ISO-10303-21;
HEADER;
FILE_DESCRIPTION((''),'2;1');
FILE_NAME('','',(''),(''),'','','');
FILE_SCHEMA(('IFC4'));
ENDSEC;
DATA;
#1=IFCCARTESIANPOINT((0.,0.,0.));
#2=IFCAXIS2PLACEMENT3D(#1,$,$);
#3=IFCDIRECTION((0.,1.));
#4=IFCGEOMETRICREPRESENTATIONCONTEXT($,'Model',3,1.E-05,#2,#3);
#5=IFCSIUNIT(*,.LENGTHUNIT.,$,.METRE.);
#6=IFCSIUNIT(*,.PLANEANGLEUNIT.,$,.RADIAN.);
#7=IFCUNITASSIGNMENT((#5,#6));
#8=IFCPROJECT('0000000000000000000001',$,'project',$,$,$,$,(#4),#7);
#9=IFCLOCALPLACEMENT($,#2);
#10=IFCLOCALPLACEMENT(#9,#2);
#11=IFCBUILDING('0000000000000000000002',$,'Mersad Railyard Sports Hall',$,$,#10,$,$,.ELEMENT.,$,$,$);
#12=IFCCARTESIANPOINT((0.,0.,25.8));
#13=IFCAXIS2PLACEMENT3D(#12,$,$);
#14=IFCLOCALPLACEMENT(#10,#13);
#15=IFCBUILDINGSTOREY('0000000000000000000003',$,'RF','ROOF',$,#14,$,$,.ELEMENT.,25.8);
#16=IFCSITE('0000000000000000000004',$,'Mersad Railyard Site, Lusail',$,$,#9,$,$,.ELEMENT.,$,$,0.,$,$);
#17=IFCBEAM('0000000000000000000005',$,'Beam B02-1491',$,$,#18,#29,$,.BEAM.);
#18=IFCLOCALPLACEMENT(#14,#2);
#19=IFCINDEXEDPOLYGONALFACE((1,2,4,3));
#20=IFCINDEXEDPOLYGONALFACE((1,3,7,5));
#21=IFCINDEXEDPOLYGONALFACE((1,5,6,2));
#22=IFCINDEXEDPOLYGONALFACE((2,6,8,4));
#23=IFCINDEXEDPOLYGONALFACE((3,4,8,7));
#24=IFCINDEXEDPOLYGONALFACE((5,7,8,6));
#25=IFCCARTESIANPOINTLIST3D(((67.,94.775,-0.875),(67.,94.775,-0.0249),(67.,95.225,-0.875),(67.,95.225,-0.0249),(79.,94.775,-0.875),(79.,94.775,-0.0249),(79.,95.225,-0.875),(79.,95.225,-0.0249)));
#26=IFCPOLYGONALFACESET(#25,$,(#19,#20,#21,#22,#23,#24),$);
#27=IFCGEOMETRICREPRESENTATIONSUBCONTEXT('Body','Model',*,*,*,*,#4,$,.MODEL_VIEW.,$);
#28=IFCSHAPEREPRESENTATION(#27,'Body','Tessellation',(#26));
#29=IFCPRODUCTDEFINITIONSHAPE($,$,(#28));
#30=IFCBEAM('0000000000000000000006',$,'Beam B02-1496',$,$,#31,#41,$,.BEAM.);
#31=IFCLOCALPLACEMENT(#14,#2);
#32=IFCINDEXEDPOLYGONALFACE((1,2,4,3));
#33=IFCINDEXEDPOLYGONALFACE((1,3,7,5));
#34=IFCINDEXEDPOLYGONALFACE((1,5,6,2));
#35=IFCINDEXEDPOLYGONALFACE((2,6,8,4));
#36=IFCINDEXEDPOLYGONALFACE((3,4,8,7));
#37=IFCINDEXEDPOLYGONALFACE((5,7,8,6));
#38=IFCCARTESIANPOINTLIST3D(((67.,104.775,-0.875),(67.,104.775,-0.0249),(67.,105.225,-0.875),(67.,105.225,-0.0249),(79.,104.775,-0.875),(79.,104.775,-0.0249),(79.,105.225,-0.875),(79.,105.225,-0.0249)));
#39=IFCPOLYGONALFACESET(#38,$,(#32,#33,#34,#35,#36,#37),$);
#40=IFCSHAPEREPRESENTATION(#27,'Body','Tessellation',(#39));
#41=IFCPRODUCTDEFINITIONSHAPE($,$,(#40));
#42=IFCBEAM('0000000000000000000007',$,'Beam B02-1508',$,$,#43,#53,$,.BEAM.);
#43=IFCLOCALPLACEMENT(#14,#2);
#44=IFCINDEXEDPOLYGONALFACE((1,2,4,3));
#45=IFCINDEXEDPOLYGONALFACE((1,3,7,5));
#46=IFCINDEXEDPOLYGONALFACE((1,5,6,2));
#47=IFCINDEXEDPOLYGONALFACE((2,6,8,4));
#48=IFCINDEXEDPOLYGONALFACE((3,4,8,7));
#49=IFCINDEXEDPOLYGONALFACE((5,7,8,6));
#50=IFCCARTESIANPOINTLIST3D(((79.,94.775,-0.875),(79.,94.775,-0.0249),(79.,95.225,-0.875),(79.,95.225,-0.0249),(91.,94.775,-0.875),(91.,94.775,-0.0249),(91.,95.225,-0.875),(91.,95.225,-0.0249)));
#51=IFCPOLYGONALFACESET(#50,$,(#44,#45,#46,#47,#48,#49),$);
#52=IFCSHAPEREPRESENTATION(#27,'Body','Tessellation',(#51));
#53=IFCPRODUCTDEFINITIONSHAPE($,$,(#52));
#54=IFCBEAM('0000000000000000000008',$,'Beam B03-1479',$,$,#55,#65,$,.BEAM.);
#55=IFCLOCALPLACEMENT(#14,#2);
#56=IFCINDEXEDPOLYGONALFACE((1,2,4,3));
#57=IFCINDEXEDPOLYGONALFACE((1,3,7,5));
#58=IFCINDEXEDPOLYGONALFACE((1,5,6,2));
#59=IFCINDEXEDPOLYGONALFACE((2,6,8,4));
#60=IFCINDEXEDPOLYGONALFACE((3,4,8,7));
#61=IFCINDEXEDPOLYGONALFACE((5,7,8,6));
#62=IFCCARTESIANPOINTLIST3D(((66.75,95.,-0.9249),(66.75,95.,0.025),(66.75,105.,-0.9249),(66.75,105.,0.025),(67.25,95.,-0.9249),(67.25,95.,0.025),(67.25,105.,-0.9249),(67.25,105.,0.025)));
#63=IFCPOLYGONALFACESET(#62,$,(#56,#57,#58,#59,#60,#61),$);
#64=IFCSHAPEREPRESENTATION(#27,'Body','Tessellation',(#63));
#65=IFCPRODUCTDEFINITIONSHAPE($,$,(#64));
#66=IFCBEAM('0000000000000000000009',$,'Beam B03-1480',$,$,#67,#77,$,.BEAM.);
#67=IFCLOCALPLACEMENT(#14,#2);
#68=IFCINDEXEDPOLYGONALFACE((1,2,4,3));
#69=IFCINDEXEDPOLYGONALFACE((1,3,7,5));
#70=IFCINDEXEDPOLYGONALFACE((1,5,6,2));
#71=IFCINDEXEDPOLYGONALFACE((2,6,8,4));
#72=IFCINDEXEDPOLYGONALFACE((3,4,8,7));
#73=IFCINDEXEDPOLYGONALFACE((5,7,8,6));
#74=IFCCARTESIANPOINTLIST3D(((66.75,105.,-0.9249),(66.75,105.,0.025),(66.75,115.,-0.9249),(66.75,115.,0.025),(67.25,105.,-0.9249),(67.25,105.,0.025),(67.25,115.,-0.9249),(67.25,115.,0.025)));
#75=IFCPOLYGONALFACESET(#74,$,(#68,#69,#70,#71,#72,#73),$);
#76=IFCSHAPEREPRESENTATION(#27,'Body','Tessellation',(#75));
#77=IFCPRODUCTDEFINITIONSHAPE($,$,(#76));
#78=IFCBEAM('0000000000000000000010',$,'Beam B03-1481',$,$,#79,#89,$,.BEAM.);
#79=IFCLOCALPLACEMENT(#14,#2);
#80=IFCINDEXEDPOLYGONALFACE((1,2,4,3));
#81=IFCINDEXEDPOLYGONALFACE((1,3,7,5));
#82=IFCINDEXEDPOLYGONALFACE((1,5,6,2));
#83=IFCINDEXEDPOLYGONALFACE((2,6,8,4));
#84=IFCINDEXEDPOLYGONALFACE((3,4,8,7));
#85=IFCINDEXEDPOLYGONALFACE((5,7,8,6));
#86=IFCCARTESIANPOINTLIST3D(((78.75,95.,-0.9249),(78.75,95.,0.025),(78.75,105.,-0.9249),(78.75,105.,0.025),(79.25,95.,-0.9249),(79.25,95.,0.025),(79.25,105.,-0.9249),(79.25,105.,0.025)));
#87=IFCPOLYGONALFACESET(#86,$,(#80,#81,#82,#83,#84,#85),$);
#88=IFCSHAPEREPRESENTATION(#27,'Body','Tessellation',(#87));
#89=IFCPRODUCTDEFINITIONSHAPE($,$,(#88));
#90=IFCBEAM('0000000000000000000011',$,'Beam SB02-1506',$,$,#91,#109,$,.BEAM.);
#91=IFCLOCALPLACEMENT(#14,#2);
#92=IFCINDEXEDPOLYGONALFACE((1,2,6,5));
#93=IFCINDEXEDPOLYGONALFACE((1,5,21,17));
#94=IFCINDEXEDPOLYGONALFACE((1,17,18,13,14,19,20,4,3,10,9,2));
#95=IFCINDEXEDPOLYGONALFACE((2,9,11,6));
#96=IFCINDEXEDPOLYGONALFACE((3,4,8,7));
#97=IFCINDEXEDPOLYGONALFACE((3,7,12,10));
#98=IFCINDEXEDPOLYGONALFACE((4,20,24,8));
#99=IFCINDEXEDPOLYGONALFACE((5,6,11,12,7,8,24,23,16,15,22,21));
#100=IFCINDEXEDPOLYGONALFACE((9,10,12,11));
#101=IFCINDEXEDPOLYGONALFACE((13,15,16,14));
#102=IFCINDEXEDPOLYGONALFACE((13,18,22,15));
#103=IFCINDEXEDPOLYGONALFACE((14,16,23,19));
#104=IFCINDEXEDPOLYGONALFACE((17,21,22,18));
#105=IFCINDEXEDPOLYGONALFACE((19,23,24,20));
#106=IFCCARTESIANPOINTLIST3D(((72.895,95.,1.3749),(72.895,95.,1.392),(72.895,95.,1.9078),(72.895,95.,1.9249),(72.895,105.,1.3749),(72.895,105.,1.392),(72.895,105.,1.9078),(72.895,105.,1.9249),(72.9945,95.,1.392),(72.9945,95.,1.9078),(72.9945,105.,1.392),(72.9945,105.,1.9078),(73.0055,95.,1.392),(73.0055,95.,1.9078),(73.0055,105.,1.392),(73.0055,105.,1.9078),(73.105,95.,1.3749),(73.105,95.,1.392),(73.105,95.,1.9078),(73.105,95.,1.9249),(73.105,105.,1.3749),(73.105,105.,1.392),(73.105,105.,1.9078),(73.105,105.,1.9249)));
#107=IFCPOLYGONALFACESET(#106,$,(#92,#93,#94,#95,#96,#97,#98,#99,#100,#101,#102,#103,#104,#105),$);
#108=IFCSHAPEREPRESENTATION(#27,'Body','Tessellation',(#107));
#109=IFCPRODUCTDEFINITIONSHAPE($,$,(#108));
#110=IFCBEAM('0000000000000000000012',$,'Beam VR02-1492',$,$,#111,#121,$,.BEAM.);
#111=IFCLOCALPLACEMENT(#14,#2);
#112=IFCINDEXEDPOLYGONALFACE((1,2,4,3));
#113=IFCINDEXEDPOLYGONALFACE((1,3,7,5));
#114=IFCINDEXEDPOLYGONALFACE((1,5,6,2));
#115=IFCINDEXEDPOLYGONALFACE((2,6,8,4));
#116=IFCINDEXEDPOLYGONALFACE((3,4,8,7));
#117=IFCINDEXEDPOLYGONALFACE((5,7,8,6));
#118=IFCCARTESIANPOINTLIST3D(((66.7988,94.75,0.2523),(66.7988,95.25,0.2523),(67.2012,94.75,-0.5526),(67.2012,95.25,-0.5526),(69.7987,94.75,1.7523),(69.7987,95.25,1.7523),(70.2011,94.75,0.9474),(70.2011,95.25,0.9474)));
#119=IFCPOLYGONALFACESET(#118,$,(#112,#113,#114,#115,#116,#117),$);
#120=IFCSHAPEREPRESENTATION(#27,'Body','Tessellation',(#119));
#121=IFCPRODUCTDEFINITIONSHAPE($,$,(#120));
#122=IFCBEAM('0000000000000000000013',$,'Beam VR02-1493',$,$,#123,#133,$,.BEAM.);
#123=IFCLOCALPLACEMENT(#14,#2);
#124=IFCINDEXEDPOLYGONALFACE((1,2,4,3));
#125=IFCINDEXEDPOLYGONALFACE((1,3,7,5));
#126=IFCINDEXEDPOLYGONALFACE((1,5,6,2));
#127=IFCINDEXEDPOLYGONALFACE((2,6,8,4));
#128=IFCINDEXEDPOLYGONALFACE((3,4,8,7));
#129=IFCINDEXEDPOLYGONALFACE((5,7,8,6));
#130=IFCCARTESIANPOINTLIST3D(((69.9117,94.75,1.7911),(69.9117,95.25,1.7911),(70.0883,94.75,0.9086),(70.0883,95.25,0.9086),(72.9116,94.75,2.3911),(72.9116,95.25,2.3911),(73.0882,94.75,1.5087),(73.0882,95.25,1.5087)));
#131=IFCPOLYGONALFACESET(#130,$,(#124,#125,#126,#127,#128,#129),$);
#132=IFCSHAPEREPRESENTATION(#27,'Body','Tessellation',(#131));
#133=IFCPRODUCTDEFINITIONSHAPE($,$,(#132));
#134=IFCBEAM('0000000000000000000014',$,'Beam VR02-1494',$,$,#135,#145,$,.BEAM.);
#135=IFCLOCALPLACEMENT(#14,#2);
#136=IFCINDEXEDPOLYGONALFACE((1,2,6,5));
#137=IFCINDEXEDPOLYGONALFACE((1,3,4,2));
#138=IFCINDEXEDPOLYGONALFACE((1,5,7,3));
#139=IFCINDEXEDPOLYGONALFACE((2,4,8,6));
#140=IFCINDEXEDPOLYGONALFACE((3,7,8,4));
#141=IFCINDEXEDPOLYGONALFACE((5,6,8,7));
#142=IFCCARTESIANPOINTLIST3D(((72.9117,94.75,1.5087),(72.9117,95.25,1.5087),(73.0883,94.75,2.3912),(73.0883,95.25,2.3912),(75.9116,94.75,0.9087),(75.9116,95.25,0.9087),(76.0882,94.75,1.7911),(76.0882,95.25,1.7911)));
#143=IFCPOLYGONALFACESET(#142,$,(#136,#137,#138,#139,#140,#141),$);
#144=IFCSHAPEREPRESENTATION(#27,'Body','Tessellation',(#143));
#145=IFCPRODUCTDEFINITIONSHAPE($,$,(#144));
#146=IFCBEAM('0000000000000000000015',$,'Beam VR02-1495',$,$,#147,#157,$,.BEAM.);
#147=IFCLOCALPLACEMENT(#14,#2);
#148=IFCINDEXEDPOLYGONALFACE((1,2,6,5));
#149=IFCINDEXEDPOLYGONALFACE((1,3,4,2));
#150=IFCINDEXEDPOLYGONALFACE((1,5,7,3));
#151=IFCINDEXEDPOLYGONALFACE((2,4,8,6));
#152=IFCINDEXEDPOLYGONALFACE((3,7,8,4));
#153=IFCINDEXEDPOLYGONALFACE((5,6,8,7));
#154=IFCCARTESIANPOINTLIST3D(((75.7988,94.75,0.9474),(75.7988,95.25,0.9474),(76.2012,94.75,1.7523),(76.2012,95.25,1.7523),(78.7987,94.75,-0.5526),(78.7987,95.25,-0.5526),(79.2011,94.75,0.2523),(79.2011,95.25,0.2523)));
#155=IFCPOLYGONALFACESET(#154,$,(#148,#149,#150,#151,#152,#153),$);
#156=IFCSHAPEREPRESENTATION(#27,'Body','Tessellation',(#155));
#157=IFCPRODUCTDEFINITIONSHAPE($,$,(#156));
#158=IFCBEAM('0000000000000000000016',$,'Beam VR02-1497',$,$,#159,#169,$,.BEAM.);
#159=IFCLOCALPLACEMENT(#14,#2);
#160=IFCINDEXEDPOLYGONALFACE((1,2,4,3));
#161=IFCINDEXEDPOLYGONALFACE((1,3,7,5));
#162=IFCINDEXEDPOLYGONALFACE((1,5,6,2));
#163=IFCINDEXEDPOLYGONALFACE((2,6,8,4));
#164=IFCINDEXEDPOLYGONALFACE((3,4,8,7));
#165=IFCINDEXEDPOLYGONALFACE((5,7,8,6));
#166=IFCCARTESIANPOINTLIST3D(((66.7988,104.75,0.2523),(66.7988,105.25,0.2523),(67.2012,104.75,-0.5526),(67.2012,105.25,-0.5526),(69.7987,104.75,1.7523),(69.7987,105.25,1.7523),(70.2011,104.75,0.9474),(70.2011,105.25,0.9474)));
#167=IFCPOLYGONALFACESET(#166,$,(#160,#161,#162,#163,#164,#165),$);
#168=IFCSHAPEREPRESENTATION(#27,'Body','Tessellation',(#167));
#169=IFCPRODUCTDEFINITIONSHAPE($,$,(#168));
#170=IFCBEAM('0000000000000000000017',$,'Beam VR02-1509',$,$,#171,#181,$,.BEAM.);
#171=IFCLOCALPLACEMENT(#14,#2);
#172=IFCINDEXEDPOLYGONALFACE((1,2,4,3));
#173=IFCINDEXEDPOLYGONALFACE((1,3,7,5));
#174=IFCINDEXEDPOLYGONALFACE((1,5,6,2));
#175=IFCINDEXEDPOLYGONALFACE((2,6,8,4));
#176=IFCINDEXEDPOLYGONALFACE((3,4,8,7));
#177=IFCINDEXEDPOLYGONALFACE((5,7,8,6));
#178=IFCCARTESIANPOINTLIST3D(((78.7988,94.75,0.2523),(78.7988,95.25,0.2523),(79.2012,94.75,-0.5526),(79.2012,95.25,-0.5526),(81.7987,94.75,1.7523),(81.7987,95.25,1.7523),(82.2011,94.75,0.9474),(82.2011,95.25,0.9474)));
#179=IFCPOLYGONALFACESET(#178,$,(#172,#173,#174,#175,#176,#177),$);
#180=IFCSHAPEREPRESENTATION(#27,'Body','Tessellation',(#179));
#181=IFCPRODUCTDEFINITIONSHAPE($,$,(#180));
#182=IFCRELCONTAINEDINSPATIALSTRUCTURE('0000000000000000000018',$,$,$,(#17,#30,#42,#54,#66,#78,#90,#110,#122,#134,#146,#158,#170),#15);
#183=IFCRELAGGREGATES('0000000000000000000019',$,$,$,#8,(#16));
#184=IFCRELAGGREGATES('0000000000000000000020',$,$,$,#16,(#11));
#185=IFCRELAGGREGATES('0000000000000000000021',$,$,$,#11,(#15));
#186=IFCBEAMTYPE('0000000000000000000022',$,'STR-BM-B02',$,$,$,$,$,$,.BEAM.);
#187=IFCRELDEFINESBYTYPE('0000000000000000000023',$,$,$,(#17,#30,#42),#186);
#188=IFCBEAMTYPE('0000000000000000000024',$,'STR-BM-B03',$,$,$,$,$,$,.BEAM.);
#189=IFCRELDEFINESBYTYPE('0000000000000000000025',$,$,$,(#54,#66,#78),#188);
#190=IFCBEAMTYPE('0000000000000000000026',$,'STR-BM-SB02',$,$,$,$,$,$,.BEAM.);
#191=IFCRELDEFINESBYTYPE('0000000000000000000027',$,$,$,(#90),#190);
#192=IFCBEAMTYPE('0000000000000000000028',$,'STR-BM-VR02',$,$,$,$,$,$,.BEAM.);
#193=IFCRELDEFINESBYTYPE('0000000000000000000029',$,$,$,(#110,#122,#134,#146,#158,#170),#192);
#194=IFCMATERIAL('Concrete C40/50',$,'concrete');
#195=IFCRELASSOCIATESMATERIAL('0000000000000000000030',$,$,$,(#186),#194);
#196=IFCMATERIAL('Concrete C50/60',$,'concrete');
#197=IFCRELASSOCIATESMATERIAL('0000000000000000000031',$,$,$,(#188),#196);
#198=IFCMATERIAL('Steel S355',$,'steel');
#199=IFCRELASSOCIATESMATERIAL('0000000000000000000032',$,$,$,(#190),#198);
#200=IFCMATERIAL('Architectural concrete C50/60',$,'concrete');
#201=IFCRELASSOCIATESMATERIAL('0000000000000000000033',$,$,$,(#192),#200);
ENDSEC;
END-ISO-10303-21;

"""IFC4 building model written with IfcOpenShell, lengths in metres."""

from ifc_helpers import new_model, si_unit, direction, frame, origin, origin_2d, place, context, subcontext, project, spatial, rectangle, i_section, extrude, material, material_profile, profile_set, type_object, element, save


model = new_model("IFC4")

# Units and contexts
model_context = context("Model", 3, precision=1e-05, world=origin(), true_north=direction((0.0, 1.0)))
body_context = subcontext(model_context, "Body", "Model", "MODEL_VIEW")
ifc_project = project(units=[si_unit("LENGTHUNIT", "METRE"), si_unit("PLANEANGLEUNIT", "RADIAN")], contexts=[model_context])

# Site, building, storey
site_placement = place(None, origin())
site = spatial("IfcSite", under=ifc_project, at=site_placement, Name="Mersad Railyard Site, Lusail", CompositionType="ELEMENT", RefElevation=0.0)
building_placement = place(site_placement, origin())
building = spatial("IfcBuilding", under=site, at=building_placement, Name="Mersad Railyard Sports Hall", CompositionType="ELEMENT")
storey_placement = place(building_placement, frame((0.0, 0.0, 25.8)))
storey = spatial("IfcBuildingStorey", under=building, at=storey_placement, Name="RF", Description="ROOF", CompositionType="ELEMENT", Elevation=25.8)

# Beams
ifc_material_1 = material(Name="Concrete C40/50", Category="concrete")
ifc_material_profile_1 = material_profile(ifc_material_1, rectangle(XDim=0.45, YDim=0.8501, at=origin_2d()), Name="RC 450x850")
ifc_profile_set_1 = profile_set([ifc_material_profile_1], Name="Concrete C40/50")
beam_type_1 = type_object("IfcBeamType", Name="STR-BM-B02", PredefinedType="BEAM", material=ifc_profile_set_1)
for number, where, z_axis, x_axis, name in (
    (1, (67.0, 95.0, -0.45), (1.0, 0.0, 0.0), (0.0, 1.0, 0.0), "Beam B02-1491"),
    (2, (67.0, 105.0, -0.45), (1.0, 0.0, 0.0), (0.0, 1.0, 0.0), "Beam B02-1496"),
    (3, (79.0, 95.0, -0.45), (1.0, 0.0, 0.0), (0.0, 1.0, 0.0), "Beam B02-1508"),
):
    element("IfcBeam", number, at=place(storey_placement, frame(where, z_axis=z_axis, x_axis=x_axis)), inside=storey, type_object=beam_type_1, Name=name, PredefinedType="BEAM", context=body_context, shape_type="SweptSolid", body=[
        extrude(rectangle(XDim=0.45, YDim=0.8501, at=origin_2d()), origin(), (0.0, 0.0, 1.0), 12.0),
    ])
ifc_material_2 = material(Name="Concrete C50/60", Category="concrete")
ifc_material_profile_2 = material_profile(ifc_material_2, rectangle(XDim=0.5, YDim=0.95, at=origin_2d()), Name="RC 500x950")
ifc_profile_set_2 = profile_set([ifc_material_profile_2], Name="Concrete C50/60")
beam_type_2 = type_object("IfcBeamType", Name="STR-BM-B03", PredefinedType="BEAM", material=ifc_profile_set_2)
for number, where, z_axis, x_axis, name in (
    (4, (67.0, 95.0, -0.45), (0.0, 1.0, 0.0), (-1.0, 0.0, 0.0), "Beam B03-1479"),
    (5, (67.0, 105.0, -0.45), (0.0, 1.0, 0.0), (-1.0, 0.0, 0.0), "Beam B03-1480"),
    (6, (79.0, 95.0, -0.45), (0.0, 1.0, 0.0), (-1.0, 0.0, 0.0), "Beam B03-1481"),
):
    element("IfcBeam", number, at=place(storey_placement, frame(where, z_axis=z_axis, x_axis=x_axis)), inside=storey, type_object=beam_type_2, Name=name, PredefinedType="BEAM", context=body_context, shape_type="SweptSolid", body=[
        extrude(rectangle(XDim=0.5, YDim=0.95, at=origin_2d()), origin(), (0.0, 0.0, 1.0), 10.0),
    ])
ifc_material_3 = material(Name="Steel S355", Category="steel")
ifc_material_profile_3 = material_profile(ifc_material_3, i_section(OverallWidth=0.21, OverallDepth=0.55, WebThickness=0.011, FlangeThickness=0.0171, at=origin_2d()), Name="IPE 550")
ifc_profile_set_3 = profile_set([ifc_material_profile_3], Name="Steel S355")
beam_type_3 = type_object("IfcBeamType", Name="STR-BM-SB02", PredefinedType="BEAM", material=ifc_profile_set_3)
beam_1_placement = place(storey_placement, frame((73.0, 95.0, 1.6499), z_axis=(0.0, 1.0, 0.0), x_axis=(-1.0, 0.0, 0.0)))
element("IfcBeam", 7, at=beam_1_placement, inside=storey, type_object=beam_type_3, Name="Beam SB02-1506", PredefinedType="BEAM", context=body_context, shape_type="SweptSolid", body=[
    extrude(i_section(OverallWidth=0.21, OverallDepth=0.55, WebThickness=0.011, FlangeThickness=0.0171, at=origin_2d()), origin(), (0.0, 0.0, 1.0), 10.0),
])
ifc_material_4 = material(Name="Architectural concrete C50/60", Category="concrete")
ifc_material_profile_4 = material_profile(ifc_material_4, rectangle(XDim=0.5, YDim=0.8999, at=origin_2d()), Name="VR 500x900")
ifc_profile_set_4 = profile_set([ifc_material_profile_4], Name="Architectural concrete C50/60")
beam_type_4 = type_object("IfcBeamType", Name="STR-BM-VR02", PredefinedType="BEAM", material=ifc_profile_set_4)
beam_2_placement = place(storey_placement, frame((67.0, 95.0, -0.1501), z_axis=(0.894427, 0.0, 0.447214), x_axis=(0.0, 1.0, 0.0)))
element("IfcBeam", 8, at=beam_2_placement, inside=storey, type_object=beam_type_4, Name="Beam VR02-1492", PredefinedType="BEAM", context=body_context, shape_type="SweptSolid", body=[
    extrude(rectangle(XDim=0.5, YDim=0.8999, at=origin_2d()), origin(), (0.0, 0.0, 1.0), 3.354),
])
for number, where, z_axis, x_axis, name in (
    (9, (70.0, 95.0, 1.3499), (0.980575, 0.0, 0.196147), (0.0, 1.0, 0.0), "Beam VR02-1493"),
    (10, (73.0, 95.0, 1.95), (0.980575, 0.0, -0.196147), (0.0, 1.0, 0.0), "Beam VR02-1494"),
):
    element("IfcBeam", number, at=place(storey_placement, frame(where, z_axis=z_axis, x_axis=x_axis)), inside=storey, type_object=beam_type_4, Name=name, PredefinedType="BEAM", context=body_context, shape_type="SweptSolid", body=[
        extrude(rectangle(XDim=0.5, YDim=0.8999, at=origin_2d()), origin(), (0.0, 0.0, 1.0), 3.0593),
    ])
for number, where, z_axis, x_axis, name in (
    (11, (76.0, 95.0, 1.3499), (0.894427, 0.0, -0.447214), (0.0, 1.0, 0.0), "Beam VR02-1495"),
    (12, (67.0, 105.0, -0.1501), (0.894427, 0.0, 0.447214), (0.0, 1.0, 0.0), "Beam VR02-1497"),
    (13, (79.0, 95.0, -0.1501), (0.894427, 0.0, 0.447214), (0.0, 1.0, 0.0), "Beam VR02-1509"),
):
    element("IfcBeam", number, at=place(storey_placement, frame(where, z_axis=z_axis, x_axis=x_axis)), inside=storey, type_object=beam_type_4, Name=name, PredefinedType="BEAM", context=body_context, shape_type="SweptSolid", body=[
        extrude(rectangle(XDim=0.5, YDim=0.8999, at=origin_2d()), origin(), (0.0, 0.0, 1.0), 3.354),
    ])

save(model, "model.ifc")
